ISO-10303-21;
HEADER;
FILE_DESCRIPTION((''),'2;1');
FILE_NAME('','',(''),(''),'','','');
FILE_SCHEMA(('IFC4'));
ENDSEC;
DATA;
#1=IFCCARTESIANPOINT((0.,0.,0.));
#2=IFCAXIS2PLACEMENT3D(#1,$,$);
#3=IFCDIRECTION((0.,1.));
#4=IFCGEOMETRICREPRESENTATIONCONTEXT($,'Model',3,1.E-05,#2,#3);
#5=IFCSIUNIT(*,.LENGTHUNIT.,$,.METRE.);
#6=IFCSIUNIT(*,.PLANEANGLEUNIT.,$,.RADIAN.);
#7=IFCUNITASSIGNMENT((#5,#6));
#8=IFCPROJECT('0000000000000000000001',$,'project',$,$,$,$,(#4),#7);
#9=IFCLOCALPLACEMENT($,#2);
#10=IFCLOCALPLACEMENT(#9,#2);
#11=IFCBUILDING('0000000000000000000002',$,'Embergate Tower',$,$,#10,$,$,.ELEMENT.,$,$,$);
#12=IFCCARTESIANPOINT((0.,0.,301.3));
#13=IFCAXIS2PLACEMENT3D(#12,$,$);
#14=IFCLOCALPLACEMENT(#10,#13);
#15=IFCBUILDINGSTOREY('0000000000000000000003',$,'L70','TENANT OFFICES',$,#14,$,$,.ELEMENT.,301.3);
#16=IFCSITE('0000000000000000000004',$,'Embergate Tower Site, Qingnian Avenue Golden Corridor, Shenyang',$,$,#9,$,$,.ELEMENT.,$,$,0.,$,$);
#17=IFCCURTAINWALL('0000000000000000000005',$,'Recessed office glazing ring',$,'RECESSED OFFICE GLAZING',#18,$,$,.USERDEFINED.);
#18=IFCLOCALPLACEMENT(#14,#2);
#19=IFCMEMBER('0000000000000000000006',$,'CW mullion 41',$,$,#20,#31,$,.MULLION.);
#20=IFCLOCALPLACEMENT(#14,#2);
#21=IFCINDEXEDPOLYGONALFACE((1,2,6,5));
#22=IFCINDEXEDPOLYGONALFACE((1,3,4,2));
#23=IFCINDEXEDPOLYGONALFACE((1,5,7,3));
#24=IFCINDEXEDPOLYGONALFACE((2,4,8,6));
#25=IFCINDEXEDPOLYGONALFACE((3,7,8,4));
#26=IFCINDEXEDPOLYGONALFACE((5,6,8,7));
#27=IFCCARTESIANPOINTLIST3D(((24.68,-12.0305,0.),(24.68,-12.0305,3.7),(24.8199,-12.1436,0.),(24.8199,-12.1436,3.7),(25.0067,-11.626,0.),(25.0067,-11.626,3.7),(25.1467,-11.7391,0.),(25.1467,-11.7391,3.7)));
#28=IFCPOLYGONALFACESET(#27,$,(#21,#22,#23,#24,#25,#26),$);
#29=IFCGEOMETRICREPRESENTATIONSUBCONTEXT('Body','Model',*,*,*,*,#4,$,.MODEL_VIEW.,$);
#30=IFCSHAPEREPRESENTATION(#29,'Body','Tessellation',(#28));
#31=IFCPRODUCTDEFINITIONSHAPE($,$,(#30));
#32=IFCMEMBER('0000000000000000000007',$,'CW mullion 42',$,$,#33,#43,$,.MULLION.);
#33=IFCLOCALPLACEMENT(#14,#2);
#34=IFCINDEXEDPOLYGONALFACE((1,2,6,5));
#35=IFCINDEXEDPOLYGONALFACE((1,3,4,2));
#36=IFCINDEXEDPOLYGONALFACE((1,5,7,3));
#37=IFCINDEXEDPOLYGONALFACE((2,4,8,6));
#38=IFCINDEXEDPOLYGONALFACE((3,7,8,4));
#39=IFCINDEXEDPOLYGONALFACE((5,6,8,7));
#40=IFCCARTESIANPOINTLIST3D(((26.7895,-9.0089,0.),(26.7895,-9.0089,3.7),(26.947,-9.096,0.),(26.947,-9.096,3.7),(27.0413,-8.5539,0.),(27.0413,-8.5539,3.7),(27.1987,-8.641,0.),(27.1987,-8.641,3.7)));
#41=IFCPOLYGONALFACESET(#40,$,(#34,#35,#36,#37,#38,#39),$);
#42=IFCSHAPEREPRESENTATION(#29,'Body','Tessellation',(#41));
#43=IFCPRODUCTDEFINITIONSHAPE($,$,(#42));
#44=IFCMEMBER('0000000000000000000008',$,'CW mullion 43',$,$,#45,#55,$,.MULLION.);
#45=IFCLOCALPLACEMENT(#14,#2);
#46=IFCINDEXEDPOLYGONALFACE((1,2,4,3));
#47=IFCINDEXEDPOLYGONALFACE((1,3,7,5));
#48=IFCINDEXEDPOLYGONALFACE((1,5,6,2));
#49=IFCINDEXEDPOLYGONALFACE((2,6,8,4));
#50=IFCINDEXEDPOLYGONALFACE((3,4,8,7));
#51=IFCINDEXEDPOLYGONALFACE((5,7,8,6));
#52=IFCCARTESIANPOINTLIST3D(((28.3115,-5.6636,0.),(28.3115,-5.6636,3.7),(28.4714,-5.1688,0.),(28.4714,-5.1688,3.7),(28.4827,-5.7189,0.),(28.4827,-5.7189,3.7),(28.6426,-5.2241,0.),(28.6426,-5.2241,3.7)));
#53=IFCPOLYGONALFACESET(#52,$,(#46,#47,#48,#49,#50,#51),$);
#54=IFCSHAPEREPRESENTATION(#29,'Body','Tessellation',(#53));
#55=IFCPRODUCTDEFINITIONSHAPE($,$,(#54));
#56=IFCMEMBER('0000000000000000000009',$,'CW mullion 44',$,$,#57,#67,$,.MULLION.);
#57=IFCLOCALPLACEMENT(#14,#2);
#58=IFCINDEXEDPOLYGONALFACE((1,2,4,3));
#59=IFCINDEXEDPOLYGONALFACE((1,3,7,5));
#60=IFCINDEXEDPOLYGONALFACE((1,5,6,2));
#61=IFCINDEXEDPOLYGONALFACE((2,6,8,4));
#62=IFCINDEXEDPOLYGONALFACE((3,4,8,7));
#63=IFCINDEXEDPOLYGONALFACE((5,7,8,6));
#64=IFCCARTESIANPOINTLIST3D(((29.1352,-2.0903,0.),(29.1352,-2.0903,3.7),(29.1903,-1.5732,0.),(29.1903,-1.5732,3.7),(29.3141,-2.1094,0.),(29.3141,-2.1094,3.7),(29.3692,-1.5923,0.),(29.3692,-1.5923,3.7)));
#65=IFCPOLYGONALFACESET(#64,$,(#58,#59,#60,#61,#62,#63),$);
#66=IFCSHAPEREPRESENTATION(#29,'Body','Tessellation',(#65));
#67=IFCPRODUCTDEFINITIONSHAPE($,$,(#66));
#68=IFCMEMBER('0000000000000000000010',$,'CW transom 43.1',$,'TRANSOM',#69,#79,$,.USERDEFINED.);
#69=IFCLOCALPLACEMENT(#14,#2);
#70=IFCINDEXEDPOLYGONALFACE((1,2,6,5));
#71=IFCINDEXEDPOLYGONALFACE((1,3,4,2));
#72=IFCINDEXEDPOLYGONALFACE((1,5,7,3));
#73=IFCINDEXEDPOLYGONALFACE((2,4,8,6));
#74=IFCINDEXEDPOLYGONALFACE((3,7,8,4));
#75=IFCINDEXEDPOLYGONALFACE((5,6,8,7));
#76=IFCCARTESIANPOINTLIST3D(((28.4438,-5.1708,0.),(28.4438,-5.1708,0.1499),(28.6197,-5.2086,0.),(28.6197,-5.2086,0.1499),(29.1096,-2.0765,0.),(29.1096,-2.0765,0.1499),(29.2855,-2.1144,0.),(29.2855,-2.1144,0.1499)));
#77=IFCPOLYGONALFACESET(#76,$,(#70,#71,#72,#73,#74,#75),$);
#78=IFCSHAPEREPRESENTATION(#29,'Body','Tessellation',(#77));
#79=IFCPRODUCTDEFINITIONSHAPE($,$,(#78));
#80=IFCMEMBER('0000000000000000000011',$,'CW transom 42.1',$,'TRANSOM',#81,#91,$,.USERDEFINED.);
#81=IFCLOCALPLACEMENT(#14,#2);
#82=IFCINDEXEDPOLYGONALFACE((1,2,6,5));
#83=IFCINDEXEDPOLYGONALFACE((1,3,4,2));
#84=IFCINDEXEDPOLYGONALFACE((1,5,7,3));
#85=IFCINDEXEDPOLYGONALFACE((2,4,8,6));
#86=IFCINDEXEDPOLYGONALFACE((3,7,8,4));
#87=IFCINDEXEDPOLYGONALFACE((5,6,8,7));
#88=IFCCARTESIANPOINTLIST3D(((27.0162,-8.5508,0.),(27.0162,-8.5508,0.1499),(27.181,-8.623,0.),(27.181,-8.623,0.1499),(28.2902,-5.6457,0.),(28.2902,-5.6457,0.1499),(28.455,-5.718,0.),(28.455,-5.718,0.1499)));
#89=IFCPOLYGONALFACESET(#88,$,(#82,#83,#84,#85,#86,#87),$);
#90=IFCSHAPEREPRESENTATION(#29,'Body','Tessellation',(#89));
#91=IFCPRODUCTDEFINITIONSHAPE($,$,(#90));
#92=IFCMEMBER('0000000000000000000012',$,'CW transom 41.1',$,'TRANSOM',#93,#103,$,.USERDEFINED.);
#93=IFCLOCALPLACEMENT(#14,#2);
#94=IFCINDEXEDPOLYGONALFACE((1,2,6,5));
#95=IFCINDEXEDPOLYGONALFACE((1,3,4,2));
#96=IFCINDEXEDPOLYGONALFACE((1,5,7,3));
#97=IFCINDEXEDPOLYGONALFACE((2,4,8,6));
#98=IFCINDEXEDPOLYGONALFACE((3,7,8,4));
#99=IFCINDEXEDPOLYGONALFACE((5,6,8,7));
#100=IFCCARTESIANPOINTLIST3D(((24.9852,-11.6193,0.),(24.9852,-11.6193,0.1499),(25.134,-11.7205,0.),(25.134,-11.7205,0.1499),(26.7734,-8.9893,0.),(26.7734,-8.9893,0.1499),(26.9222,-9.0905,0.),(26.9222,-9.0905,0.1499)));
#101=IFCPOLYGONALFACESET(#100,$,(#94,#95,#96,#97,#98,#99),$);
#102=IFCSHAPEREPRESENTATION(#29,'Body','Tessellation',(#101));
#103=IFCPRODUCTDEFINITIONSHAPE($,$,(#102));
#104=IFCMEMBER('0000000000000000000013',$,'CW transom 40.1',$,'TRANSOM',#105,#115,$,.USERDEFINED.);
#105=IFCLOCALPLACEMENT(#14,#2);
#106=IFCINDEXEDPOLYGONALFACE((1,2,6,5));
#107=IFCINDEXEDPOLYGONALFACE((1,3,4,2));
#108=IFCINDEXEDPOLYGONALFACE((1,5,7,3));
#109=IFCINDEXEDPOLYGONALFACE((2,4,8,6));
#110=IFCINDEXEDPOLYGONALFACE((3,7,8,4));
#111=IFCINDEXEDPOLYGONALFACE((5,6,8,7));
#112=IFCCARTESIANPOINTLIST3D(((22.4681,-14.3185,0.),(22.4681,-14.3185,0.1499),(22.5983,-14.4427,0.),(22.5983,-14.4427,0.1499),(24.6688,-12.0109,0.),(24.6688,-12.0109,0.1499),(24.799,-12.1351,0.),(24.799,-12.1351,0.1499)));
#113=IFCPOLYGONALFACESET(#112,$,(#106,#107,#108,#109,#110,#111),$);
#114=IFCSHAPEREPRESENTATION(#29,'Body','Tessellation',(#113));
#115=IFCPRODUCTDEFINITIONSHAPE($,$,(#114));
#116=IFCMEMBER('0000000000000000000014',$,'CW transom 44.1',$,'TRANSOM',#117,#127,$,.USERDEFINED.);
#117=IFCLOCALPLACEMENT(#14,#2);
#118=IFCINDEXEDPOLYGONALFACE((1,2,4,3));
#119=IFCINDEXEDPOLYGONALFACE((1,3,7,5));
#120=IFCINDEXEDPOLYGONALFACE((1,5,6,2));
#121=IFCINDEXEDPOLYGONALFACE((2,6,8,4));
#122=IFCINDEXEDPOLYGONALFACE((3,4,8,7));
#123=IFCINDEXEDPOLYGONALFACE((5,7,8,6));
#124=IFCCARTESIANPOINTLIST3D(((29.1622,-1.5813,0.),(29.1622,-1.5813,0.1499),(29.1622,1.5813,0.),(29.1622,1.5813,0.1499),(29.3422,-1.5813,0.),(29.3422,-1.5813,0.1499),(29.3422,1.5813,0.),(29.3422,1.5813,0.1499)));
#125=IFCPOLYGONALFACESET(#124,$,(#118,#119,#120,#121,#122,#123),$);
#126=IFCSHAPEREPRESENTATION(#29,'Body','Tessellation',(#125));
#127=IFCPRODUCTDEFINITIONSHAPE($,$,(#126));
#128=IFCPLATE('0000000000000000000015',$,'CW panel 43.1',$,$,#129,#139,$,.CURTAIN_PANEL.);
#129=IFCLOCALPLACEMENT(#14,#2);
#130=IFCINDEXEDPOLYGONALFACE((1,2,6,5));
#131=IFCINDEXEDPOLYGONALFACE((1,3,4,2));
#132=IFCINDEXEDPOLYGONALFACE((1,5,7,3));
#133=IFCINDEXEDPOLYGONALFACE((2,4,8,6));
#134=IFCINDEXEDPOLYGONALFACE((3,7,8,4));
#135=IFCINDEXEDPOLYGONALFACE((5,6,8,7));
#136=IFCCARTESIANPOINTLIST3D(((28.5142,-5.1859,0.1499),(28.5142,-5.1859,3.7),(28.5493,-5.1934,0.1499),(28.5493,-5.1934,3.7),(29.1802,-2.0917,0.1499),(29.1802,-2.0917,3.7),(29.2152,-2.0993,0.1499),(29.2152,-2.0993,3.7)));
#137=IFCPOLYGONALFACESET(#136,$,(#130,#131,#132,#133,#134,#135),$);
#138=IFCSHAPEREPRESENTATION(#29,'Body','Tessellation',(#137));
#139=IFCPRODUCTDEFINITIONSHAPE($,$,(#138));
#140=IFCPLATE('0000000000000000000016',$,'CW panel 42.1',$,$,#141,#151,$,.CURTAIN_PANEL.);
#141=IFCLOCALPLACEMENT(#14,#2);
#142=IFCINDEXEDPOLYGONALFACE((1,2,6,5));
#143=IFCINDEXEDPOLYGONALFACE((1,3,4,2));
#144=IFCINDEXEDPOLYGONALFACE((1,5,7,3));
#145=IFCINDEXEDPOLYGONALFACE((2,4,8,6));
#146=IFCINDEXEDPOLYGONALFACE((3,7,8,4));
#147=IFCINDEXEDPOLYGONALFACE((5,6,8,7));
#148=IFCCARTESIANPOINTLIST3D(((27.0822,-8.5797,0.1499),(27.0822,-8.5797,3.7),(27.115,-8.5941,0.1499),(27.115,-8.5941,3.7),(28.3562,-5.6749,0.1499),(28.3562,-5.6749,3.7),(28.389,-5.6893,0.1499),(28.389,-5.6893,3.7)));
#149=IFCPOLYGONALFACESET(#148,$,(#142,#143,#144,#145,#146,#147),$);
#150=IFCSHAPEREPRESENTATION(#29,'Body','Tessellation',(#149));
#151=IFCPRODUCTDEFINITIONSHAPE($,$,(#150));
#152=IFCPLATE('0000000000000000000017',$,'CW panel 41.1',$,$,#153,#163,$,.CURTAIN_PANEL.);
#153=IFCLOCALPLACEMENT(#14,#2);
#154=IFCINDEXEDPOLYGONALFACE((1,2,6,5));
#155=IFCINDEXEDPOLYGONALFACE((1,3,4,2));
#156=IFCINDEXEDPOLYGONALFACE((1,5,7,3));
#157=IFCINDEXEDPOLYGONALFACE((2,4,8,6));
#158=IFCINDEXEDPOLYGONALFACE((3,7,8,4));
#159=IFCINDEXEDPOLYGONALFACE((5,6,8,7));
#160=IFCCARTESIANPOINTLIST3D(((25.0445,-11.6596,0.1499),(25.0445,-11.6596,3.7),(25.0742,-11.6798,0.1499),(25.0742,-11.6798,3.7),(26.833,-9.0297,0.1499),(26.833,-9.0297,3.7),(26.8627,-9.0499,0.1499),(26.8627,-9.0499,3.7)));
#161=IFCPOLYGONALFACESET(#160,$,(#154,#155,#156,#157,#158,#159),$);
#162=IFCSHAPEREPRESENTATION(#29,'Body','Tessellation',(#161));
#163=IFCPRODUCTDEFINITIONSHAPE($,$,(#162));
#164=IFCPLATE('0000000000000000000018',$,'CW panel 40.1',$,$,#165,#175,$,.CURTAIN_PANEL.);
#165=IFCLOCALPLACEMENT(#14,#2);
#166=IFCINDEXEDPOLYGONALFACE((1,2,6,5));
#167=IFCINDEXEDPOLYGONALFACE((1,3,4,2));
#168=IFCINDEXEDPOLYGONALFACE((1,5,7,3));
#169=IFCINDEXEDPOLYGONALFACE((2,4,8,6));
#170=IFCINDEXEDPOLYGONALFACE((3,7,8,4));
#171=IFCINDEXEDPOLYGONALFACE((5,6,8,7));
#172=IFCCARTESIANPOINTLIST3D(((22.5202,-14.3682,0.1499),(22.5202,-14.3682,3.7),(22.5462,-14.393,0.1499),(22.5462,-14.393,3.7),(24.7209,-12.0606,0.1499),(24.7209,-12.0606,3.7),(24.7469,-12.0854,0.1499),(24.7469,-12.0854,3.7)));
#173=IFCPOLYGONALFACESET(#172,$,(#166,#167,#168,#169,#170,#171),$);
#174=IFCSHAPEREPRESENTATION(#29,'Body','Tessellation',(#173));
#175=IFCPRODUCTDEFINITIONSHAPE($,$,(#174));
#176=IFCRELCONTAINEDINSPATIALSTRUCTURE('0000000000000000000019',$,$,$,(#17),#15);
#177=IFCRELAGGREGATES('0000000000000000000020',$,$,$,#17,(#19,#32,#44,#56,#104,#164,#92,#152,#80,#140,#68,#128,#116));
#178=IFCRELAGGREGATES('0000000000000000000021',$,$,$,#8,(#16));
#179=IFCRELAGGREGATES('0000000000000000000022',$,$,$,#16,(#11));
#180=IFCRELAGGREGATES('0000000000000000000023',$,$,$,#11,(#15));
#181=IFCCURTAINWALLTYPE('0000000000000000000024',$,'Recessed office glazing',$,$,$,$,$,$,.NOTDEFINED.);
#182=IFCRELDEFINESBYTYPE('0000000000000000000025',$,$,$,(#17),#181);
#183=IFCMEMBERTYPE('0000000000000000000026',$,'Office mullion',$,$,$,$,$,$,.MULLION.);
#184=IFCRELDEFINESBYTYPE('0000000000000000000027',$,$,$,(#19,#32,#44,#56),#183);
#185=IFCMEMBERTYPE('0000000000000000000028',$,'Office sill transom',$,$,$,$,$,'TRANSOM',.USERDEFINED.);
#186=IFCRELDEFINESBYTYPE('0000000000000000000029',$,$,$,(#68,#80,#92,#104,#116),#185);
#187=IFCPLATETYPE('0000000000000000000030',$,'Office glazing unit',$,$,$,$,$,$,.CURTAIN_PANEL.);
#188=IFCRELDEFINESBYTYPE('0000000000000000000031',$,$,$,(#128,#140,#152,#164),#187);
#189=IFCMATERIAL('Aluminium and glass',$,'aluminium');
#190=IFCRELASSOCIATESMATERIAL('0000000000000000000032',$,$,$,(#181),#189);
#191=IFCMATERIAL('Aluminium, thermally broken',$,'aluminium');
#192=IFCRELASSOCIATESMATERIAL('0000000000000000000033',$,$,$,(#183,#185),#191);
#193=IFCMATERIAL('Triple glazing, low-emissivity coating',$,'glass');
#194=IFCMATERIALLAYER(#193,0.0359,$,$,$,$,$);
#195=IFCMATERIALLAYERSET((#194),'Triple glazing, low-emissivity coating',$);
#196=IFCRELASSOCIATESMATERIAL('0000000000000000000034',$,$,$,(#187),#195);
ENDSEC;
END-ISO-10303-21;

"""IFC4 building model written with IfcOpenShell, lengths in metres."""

from ifc_helpers import new_model, si_unit, direction, frame, origin, origin_2d, place, context, subcontext, project, spatial, rectangle, extrude, source, transform, mapped, material, layer, layer_set, material_profile, profile_set, type_object, element, aggregate, save


model = new_model("IFC4")

# Units and contexts
model_context = context("Model", 3, precision=1e-05, world=origin(), true_north=direction((0.0, 1.0)))
body_context = subcontext(model_context, "Body", "Model", "MODEL_VIEW")
ifc_project = project(units=[si_unit("LENGTHUNIT", "METRE"), si_unit("PLANEANGLEUNIT", "RADIAN")], contexts=[model_context])

# Site, building, storey
site_placement = place(None, origin())
site = spatial("IfcSite", under=ifc_project, at=site_placement, Name="Embergate Tower Site, Qingnian Avenue Golden Corridor, Shenyang", CompositionType="ELEMENT", RefElevation=0.0)
building_placement = place(site_placement, origin())
building = spatial("IfcBuilding", under=site, at=building_placement, Name="Embergate Tower", CompositionType="ELEMENT")
storey_placement = place(building_placement, frame((0.0, 0.0, 301.3)))
storey = spatial("IfcBuildingStorey", under=building, at=storey_placement, Name="L70", Description="TENANT OFFICES", CompositionType="ELEMENT", Elevation=301.3)

# Curtain wall, members, plates
ifc_material_1 = material(Name="Aluminium and glass", Category="aluminium")
curtain_wall_type = type_object("IfcCurtainWallType", Name="Recessed office glazing", PredefinedType="NOTDEFINED", material=ifc_material_1)
curtain_wall_placement = place(storey_placement, origin())
curtain_wall = element("IfcCurtainWall", 1, at=curtain_wall_placement, inside=storey, type_object=curtain_wall_type, Name="Recessed office glazing ring", ObjectType="RECESSED OFFICE GLAZING", PredefinedType="USERDEFINED")
ifc_material_2 = material(Name="Aluminium, thermally broken", Category="aluminium")
ifc_material_profile_1 = material_profile(ifc_material_2, rectangle(XDim=0.1799, YDim=0.52, at=origin_2d()), Name="AL 520x180")
ifc_profile_set_1 = profile_set([ifc_material_profile_1], Name="Aluminium, thermally broken")
member_type_1 = type_object("IfcMemberType", Name="Office mullion", PredefinedType="MULLION", material=ifc_profile_set_1)
shared_shape_1 = source(origin(), body_context, "Body", "SweptSolid", [
    extrude(rectangle(XDim=0.1799, YDim=0.52, at=origin_2d()), origin(), (0.0, 0.0, 1.0), 3.7),
])
member_1_placement = place(storey_placement, frame((24.9133, -11.8848, 0.0), z_axis=(0.0, 0.0, 1.0), x_axis=(-0.777864, 0.628433, 0.0)))
member_1 = element("IfcMember", 2, at=member_1_placement, type_object=member_type_1, Name="CW mullion 41", PredefinedType="MULLION", context=body_context, shape_type="MappedRepresentation", body=[
    mapped(shared_shape_1, transform((0.0, 0.0, 0.0))),
])
member_2_placement = place(storey_placement, frame((26.9941, -8.825, 0.0), z_axis=(0.0, 0.0, 1.0), x_axis=(-0.874993, 0.484135, 0.0)))
member_2 = element("IfcMember", 3, at=member_2_placement, type_object=member_type_1, Name="CW mullion 42", PredefinedType="MULLION", context=body_context, shape_type="MappedRepresentation", body=[
    mapped(shared_shape_1, transform((0.0, 0.0, 0.0))),
])
member_3_placement = place(storey_placement, frame((28.4771, -5.4438, 0.0), z_axis=(0.0, 0.0, 1.0), x_axis=(-0.951493, 0.307671, 0.0)))
member_3 = element("IfcMember", 4, at=member_3_placement, type_object=member_type_1, Name="CW mullion 43", PredefinedType="MULLION", context=body_context, shape_type="MappedRepresentation", body=[
    mapped(shared_shape_1, transform((0.0, 0.0, 0.0))),
])
member_4_placement = place(storey_placement, frame((29.2522, -1.8413, 0.0), z_axis=(0.0, 0.0, 1.0), x_axis=(-0.994384, 0.10583, 0.0)))
member_4 = element("IfcMember", 5, at=member_4_placement, type_object=member_type_1, Name="CW mullion 44", PredefinedType="MULLION", context=body_context, shape_type="MappedRepresentation", body=[
    mapped(shared_shape_1, transform((0.0, 0.0, 0.0))),
])
ifc_material_profile_2 = material_profile(ifc_material_2, rectangle(XDim=0.1799, YDim=0.1499, at=origin_2d()), Name="AL 150x180")
ifc_profile_set_2 = profile_set([ifc_material_profile_2], Name="Aluminium, thermally broken")
member_type_2 = type_object("IfcMemberType", Name="Office sill transom", ElementType="TRANSOM", PredefinedType="USERDEFINED", material=ifc_profile_set_2)
shared_shape_2 = source(origin(), body_context, "Body", "SweptSolid", [
    extrude(rectangle(XDim=0.1799, YDim=0.1499, at=origin_2d()), origin(), (0.0, 0.0, 1.0), 3.165),
])
member_5_placement = place(storey_placement, frame((28.5317, -5.1897, 0.075), z_axis=(0.210351, 0.977626, 0.0), x_axis=(-0.977626, 0.210351, 0.0)))
member_5 = element("IfcMember", 6, at=member_5_placement, type_object=member_type_2, Name="CW transom 43.1", ObjectType="TRANSOM", PredefinedType="USERDEFINED", context=body_context, shape_type="MappedRepresentation", body=[
    mapped(shared_shape_2, transform((0.0, 0.0, 0.0))),
])
shared_shape_3 = source(origin(), body_context, "Body", "SweptSolid", [
    extrude(rectangle(XDim=0.1799, YDim=0.1499, at=origin_2d()), origin(), (0.0, 0.0, 1.0), 3.1721),
])
member_6_placement = place(storey_placement, frame((27.0986, -8.5869, 0.075), z_axis=(0.401606, 0.915813, 0.0), x_axis=(-0.915813, 0.401606, 0.0)))
member_6 = element("IfcMember", 7, at=member_6_placement, type_object=member_type_2, Name="CW transom 42.1", ObjectType="TRANSOM", PredefinedType="USERDEFINED", context=body_context, shape_type="MappedRepresentation", body=[
    mapped(shared_shape_3, transform((0.0, 0.0, 0.0))),
])
shared_shape_4 = source(origin(), body_context, "Body", "SweptSolid", [
    extrude(rectangle(XDim=0.1799, YDim=0.1499, at=origin_2d()), origin(), (0.0, 0.0, 1.0), 3.1804),
])
member_7_placement = place(storey_placement, frame((25.0596, -11.6699, 0.075), z_axis=(0.562276, 0.826949, 0.0), x_axis=(-0.826949, 0.562276, 0.0)))
member_7 = element("IfcMember", 8, at=member_7_placement, type_object=member_type_2, Name="CW transom 41.1", ObjectType="TRANSOM", PredefinedType="USERDEFINED", context=body_context, shape_type="MappedRepresentation", body=[
    mapped(shared_shape_4, transform((0.0, 0.0, 0.0))),
])
shared_shape_5 = source(origin(), body_context, "Body", "SweptSolid", [
    extrude(rectangle(XDim=0.1799, YDim=0.1499, at=origin_2d()), origin(), (0.0, 0.0, 1.0), 3.1887),
])
member_8_placement = place(storey_placement, frame((22.5332, -14.3806, 0.075), z_axis=(0.690141, 0.723675, 0.0), x_axis=(-0.723675, 0.690141, 0.0)))
member_8 = element("IfcMember", 9, at=member_8_placement, type_object=member_type_2, Name="CW transom 40.1", ObjectType="TRANSOM", PredefinedType="USERDEFINED", context=body_context, shape_type="MappedRepresentation", body=[
    mapped(shared_shape_5, transform((0.0, 0.0, 0.0))),
])
shared_shape_6 = source(origin(), body_context, "Body", "SweptSolid", [
    extrude(rectangle(XDim=0.1799, YDim=0.1499, at=origin_2d()), origin(), (0.0, 0.0, 1.0), 3.1626),
])
member_9_placement = place(storey_placement, frame((29.2522, -1.5813, 0.075), z_axis=(0.0, 1.0, 0.0), x_axis=(-1.0, 0.0, 0.0)))
member_9 = element("IfcMember", 10, at=member_9_placement, type_object=member_type_2, Name="CW transom 44.1", ObjectType="TRANSOM", PredefinedType="USERDEFINED", context=body_context, shape_type="MappedRepresentation", body=[
    mapped(shared_shape_6, transform((0.0, 0.0, 0.0))),
])
ifc_material_3 = material(Name="Triple glazing, low-emissivity coating", Category="glass")
ifc_layer_1 = layer(ifc_material_3, 0.0359)
ifc_layer_set_1 = layer_set([ifc_layer_1], Name="Triple glazing, low-emissivity coating")
plate_type = type_object("IfcPlateType", Name="Office glazing unit", PredefinedType="CURTAIN_PANEL", material=ifc_layer_set_1)
shared_shape_7 = source(origin(), body_context, "Body", "SweptSolid", [
    extrude(rectangle(XDim=3.165, YDim=0.0359, at=origin_2d()), origin(), (0.0, 0.0, 1.0), 3.55),
])
plate_1_placement = place(storey_placement, frame((28.8647, -3.6426, 0.1499), z_axis=(0.0, 0.0, 1.0), x_axis=(0.210398, 0.977616, 0.0)))
plate_1 = element("IfcPlate", 11, at=plate_1_placement, type_object=plate_type, Name="CW panel 43.1", PredefinedType="CURTAIN_PANEL", context=body_context, shape_type="MappedRepresentation", body=[
    mapped(shared_shape_7, transform((0.0, 0.0, 0.0))),
])
shared_shape_8 = source(origin(), body_context, "Body", "SweptSolid", [
    extrude(rectangle(XDim=3.1719, YDim=0.0359, at=origin_2d()), origin(), (0.0, 0.0, 1.0), 3.55),
])
plate_2_placement = place(storey_placement, frame((27.7356, -7.1345, 0.1499), z_axis=(0.0, 0.0, 1.0), x_axis=(0.401652, 0.915792, 0.0)))
plate_2 = element("IfcPlate", 12, at=plate_2_placement, type_object=plate_type, Name="CW panel 42.1", PredefinedType="CURTAIN_PANEL", context=body_context, shape_type="MappedRepresentation", body=[
    mapped(shared_shape_8, transform((0.0, 0.0, 0.0))),
])
shared_shape_9 = source(origin(), body_context, "Body", "SweptSolid", [
    extrude(rectangle(XDim=3.1804, YDim=0.0359, at=origin_2d()), origin(), (0.0, 0.0, 1.0), 3.55),
])
plate_3_placement = place(storey_placement, frame((25.9536, -10.3547, 0.1499), z_axis=(0.0, 0.0, 1.0), x_axis=(0.562342, 0.826905, 0.0)))
plate_3 = element("IfcPlate", 13, at=plate_3_placement, type_object=plate_type, Name="CW panel 41.1", PredefinedType="CURTAIN_PANEL", context=body_context, shape_type="MappedRepresentation", body=[
    mapped(shared_shape_9, transform((0.0, 0.0, 0.0))),
])
shared_shape_10 = source(origin(), body_context, "Body", "SweptSolid", [
    extrude(rectangle(XDim=3.1887, YDim=0.0359, at=origin_2d()), origin(), (0.0, 0.0, 1.0), 3.55),
])
plate_4_placement = place(storey_placement, frame((23.6335, -13.2268, 0.1499), z_axis=(0.0, 0.0, 1.0), x_axis=(0.690133, 0.723683, 0.0)))
plate_4 = element("IfcPlate", 14, at=plate_4_placement, type_object=plate_type, Name="CW panel 40.1", PredefinedType="CURTAIN_PANEL", context=body_context, shape_type="MappedRepresentation", body=[
    mapped(shared_shape_10, transform((0.0, 0.0, 0.0))),
])
aggregate(curtain_wall, [member_1, member_2, member_3, member_4, member_8, plate_4, member_7, plate_3, member_6, plate_2, member_5, plate_1, member_9])

save(model, "model.ifc")
